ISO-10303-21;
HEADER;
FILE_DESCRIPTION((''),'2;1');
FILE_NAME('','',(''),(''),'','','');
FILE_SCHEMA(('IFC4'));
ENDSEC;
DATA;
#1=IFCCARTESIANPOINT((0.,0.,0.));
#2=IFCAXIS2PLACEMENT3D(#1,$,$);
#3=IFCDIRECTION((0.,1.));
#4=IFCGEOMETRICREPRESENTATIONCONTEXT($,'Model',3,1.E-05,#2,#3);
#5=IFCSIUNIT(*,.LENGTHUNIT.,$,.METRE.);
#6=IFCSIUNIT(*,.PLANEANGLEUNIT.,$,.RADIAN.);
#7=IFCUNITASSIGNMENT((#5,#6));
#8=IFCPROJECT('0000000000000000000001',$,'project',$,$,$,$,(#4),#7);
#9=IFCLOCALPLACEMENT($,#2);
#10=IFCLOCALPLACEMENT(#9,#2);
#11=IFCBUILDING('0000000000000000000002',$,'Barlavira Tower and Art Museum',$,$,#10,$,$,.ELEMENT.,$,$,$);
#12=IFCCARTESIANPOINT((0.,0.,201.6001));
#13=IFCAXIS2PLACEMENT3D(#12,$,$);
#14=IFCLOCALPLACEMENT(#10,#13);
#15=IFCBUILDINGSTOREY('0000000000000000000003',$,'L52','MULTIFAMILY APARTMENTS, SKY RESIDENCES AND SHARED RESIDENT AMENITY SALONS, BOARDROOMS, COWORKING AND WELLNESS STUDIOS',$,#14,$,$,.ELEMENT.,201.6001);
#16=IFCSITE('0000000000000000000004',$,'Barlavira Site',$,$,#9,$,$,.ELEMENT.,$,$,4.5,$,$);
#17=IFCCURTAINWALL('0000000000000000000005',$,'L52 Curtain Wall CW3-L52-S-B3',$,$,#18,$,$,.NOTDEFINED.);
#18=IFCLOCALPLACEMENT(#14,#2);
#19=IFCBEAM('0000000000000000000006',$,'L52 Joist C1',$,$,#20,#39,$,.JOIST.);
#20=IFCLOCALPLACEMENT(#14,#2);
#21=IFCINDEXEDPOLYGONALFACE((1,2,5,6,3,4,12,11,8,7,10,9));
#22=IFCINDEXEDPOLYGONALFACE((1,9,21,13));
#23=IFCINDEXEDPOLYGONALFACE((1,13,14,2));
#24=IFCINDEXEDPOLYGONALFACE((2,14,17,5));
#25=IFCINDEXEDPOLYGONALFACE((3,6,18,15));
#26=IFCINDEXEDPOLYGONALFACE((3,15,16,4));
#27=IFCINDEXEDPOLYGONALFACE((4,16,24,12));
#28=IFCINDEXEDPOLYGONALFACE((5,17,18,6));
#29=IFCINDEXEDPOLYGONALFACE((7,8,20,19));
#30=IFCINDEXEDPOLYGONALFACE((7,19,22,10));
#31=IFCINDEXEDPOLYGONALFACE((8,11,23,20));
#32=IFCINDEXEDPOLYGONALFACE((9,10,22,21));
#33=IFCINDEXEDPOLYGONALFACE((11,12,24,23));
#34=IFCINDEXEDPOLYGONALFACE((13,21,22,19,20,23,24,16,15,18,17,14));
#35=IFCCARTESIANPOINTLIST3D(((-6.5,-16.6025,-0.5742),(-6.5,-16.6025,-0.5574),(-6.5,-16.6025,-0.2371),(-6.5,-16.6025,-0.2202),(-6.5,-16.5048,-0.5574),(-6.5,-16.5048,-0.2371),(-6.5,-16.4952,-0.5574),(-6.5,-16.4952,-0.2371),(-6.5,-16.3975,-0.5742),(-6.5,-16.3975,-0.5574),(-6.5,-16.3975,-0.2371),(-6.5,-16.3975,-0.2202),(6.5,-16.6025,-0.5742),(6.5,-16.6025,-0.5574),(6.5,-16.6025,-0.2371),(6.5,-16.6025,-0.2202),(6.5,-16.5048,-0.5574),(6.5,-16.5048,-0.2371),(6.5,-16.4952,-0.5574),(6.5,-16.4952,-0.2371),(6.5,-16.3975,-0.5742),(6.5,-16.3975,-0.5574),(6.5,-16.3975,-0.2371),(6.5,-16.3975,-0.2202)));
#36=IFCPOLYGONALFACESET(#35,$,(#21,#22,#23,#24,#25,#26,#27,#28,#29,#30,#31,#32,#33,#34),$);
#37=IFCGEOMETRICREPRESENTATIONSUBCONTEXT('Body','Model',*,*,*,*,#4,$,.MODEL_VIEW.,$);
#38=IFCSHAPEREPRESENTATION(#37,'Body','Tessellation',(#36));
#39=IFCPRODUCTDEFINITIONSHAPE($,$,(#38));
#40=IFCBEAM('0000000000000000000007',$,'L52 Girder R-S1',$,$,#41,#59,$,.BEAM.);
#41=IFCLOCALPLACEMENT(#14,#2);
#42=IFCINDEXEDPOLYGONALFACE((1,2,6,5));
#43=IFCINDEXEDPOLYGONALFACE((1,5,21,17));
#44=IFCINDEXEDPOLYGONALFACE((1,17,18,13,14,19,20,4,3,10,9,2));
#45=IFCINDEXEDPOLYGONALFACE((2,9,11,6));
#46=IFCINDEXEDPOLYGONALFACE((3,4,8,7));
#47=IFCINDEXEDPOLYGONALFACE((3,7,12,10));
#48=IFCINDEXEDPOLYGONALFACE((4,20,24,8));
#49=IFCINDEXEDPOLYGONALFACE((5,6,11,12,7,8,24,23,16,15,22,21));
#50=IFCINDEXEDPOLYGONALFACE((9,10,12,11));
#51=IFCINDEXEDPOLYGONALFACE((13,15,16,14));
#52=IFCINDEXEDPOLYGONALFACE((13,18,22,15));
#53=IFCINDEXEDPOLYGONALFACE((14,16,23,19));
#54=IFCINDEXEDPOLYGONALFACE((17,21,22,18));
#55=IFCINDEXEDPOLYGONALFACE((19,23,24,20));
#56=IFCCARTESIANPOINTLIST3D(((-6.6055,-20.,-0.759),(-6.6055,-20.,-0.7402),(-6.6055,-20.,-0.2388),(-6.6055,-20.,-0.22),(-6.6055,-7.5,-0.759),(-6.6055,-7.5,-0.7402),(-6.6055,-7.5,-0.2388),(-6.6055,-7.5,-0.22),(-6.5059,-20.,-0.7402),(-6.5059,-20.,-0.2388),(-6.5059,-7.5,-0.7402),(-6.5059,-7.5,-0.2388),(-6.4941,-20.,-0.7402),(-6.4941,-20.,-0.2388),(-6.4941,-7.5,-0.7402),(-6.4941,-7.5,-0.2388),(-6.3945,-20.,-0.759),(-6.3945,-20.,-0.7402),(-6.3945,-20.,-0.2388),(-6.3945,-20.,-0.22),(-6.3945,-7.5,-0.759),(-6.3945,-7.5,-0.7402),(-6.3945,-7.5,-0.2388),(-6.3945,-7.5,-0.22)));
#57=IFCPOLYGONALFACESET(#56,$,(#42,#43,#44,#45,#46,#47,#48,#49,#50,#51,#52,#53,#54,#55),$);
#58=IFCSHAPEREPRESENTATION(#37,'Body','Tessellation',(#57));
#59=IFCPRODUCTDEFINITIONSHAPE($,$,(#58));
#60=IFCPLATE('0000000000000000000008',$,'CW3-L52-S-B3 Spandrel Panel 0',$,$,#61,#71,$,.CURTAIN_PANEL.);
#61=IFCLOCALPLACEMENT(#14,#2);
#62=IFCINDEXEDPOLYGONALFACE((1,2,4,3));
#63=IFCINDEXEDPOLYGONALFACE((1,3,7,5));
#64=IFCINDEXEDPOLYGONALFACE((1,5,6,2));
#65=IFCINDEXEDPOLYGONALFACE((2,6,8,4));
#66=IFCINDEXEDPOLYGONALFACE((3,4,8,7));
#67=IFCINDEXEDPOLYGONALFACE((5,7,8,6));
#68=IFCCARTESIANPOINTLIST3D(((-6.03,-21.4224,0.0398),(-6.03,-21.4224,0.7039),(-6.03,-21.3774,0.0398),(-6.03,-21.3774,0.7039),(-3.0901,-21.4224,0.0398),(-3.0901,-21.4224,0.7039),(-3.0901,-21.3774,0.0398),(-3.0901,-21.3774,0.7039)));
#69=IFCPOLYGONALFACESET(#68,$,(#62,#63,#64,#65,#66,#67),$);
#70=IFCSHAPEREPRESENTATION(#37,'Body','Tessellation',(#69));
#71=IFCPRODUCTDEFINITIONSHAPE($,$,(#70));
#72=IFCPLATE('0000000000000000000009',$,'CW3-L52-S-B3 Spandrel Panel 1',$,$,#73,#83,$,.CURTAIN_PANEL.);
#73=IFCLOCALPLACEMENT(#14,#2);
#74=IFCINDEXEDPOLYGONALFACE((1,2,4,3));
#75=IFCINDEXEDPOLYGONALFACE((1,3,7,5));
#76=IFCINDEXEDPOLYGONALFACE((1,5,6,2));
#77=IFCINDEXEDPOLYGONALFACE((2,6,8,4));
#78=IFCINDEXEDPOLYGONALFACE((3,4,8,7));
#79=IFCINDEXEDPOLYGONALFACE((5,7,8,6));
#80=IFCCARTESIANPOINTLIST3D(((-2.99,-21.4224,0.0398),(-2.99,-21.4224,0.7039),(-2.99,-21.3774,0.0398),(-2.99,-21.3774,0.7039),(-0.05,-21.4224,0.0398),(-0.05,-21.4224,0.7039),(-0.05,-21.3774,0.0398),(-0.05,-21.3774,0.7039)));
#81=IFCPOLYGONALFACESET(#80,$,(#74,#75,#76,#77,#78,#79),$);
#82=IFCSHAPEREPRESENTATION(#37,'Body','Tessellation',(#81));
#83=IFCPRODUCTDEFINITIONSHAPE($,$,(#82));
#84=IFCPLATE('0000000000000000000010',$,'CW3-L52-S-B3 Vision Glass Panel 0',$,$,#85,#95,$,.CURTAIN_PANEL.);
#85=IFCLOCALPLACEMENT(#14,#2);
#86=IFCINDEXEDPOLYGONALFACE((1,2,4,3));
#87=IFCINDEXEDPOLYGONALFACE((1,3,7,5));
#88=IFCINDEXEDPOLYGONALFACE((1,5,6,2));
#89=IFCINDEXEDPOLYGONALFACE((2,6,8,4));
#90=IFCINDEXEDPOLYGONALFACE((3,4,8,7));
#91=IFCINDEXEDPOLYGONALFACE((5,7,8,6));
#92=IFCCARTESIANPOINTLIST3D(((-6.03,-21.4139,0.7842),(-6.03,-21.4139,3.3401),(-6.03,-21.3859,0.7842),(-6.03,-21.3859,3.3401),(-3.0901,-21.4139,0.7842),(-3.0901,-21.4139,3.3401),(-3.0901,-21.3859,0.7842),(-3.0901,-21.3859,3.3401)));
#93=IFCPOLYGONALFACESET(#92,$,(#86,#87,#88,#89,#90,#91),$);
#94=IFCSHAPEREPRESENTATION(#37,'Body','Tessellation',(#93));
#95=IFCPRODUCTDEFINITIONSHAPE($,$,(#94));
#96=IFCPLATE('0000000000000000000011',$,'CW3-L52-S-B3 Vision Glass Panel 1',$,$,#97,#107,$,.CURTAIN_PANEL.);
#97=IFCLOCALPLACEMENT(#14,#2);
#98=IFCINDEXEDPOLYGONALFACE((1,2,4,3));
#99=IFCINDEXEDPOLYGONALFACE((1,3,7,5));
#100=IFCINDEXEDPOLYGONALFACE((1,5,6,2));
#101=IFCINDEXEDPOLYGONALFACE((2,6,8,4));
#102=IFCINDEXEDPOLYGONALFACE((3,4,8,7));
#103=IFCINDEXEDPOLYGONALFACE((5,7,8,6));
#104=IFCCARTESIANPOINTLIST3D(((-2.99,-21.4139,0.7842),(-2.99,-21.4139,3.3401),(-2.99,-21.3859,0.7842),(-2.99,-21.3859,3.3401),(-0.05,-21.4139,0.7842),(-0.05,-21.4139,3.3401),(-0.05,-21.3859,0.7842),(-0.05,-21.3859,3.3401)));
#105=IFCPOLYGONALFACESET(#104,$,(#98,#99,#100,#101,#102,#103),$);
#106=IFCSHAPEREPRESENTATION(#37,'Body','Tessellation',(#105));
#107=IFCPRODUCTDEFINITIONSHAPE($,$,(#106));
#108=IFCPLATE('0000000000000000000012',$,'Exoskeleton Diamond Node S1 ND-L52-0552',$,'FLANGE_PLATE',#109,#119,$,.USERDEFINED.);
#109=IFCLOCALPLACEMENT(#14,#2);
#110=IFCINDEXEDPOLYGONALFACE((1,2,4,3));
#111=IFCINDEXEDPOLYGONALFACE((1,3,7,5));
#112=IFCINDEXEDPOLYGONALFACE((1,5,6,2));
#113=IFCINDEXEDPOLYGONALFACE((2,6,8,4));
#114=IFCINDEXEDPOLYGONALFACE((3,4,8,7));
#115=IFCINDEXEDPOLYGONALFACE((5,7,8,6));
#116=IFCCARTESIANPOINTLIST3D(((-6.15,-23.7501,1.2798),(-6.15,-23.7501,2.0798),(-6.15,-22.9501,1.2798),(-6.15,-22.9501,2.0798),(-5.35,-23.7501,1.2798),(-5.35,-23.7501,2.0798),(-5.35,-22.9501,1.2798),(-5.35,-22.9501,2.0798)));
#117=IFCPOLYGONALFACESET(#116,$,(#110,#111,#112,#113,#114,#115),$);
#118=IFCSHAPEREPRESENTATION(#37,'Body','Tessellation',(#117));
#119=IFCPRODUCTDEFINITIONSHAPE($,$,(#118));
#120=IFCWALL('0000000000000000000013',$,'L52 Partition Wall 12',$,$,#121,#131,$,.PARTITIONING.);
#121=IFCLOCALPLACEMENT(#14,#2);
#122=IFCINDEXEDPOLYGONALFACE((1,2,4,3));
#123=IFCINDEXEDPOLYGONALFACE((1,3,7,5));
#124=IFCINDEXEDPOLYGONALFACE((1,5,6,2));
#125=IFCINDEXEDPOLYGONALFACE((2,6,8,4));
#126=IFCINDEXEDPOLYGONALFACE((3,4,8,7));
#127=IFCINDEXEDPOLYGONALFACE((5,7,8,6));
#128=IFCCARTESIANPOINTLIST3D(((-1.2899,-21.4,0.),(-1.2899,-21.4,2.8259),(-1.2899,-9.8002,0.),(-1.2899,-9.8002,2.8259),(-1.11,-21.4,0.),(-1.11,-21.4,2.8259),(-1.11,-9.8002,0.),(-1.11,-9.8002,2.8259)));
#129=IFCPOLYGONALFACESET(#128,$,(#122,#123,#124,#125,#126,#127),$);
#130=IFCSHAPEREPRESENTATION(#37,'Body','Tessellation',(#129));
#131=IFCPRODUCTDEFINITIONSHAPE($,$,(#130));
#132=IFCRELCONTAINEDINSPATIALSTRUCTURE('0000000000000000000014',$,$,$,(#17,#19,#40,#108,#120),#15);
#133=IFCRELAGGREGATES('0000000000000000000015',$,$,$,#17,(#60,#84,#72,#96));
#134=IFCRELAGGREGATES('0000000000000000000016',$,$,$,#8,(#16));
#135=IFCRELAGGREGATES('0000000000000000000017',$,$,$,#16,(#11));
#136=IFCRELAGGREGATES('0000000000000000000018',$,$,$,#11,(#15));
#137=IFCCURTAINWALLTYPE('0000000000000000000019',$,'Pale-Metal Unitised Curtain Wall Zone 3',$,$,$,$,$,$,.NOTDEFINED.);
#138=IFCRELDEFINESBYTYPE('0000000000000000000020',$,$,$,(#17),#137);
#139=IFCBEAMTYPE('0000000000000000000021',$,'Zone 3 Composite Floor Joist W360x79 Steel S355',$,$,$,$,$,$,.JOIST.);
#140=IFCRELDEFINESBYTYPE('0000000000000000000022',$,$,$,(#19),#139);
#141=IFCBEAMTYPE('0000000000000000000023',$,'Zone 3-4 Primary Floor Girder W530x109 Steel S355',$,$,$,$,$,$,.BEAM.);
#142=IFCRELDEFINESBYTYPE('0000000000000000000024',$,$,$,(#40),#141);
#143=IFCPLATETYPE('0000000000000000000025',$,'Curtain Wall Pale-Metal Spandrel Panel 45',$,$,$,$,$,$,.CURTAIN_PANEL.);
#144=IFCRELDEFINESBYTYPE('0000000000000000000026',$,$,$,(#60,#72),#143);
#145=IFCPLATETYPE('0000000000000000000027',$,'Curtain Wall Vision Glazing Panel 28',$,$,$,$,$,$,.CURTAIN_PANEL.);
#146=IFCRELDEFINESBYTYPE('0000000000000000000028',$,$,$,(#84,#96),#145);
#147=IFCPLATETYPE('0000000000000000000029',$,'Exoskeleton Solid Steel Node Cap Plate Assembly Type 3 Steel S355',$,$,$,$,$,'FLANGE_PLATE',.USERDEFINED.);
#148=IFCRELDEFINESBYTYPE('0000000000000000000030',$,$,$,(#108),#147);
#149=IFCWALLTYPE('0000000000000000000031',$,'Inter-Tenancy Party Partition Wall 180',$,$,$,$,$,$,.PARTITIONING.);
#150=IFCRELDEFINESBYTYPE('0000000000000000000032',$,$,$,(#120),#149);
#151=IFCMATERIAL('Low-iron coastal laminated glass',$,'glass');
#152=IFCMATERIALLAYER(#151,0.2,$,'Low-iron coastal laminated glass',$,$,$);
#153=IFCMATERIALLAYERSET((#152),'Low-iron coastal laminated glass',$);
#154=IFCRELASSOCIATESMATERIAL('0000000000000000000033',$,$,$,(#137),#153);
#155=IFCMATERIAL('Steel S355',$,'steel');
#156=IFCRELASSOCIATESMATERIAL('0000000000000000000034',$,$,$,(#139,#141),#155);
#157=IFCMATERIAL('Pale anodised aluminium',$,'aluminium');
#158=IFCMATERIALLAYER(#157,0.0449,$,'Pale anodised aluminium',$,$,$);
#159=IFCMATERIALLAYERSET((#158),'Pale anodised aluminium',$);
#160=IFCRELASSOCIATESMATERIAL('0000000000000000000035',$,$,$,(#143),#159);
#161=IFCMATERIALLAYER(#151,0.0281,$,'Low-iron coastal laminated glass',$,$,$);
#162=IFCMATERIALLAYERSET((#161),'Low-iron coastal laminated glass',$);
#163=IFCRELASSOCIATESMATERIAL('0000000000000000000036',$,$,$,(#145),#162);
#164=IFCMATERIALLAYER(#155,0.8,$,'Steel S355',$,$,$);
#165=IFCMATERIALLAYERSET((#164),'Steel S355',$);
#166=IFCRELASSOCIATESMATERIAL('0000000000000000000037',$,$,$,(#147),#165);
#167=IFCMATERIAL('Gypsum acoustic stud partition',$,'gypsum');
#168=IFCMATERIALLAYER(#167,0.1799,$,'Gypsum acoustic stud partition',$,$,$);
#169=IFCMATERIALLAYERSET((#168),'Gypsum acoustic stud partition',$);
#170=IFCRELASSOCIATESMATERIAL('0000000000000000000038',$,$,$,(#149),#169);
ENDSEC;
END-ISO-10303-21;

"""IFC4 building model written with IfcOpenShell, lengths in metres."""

from ifc_helpers import new_model, si_unit, direction, frame, frame_2d, origin, origin_2d, place, context, subcontext, project, spatial, rectangle, i_section, extrude, material, layer, layer_set, material_profile, profile_set, type_object, element, aggregate, save


model = new_model("IFC4")

# Units and contexts
model_context = context("Model", 3, precision=1e-05, world=origin(), true_north=direction((0.0, 1.0)))
body_context = subcontext(model_context, "Body", "Model", "MODEL_VIEW")
ifc_project = project(units=[si_unit("LENGTHUNIT", "METRE"), si_unit("PLANEANGLEUNIT", "RADIAN")], contexts=[model_context])

# Site, building, storey
site_placement = place(None, origin())
site = spatial("IfcSite", under=ifc_project, at=site_placement, Name="Barlavira Site", CompositionType="ELEMENT", RefElevation=4.5)
building_placement = place(site_placement, origin())
building = spatial("IfcBuilding", under=site, at=building_placement, Name="Barlavira Tower and Art Museum", CompositionType="ELEMENT")
storey_placement = place(building_placement, frame((0.0, 0.0, 201.6001)))
storey = spatial("IfcBuildingStorey", under=building, at=storey_placement, Name="L52", Description="MULTIFAMILY APARTMENTS, SKY RESIDENCES AND SHARED RESIDENT AMENITY SALONS, BOARDROOMS, COWORKING AND WELLNESS STUDIOS", CompositionType="ELEMENT", Elevation=201.6001)

# Curtain wall
ifc_material_1 = material(Name="Low-iron coastal laminated glass", Category="glass")
ifc_layer_1 = layer(ifc_material_1, 0.2, Name="Low-iron coastal laminated glass")
ifc_layer_set_1 = layer_set([ifc_layer_1], Name="Low-iron coastal laminated glass")
curtain_wall_type = type_object("IfcCurtainWallType", Name="Pale-Metal Unitised Curtain Wall Zone 3", PredefinedType="NOTDEFINED", material=ifc_layer_set_1)
curtain_wall_placement = place(storey_placement, origin())
curtain_wall = element("IfcCurtainWall", 1, at=curtain_wall_placement, inside=storey, type_object=curtain_wall_type, Name="L52 Curtain Wall CW3-L52-S-B3", PredefinedType="NOTDEFINED")
ifc_material_2 = material(Name="Pale anodised aluminium", Category="aluminium")

# Beams
ifc_material_3 = material(Name="Steel S355", Category="steel")
ifc_material_profile_1 = material_profile(ifc_material_3, i_section(OverallWidth=0.2051, OverallDepth=0.354, WebThickness=0.0095, FlangeThickness=0.0168, at=origin_2d()), Name="W360x79.0")
ifc_profile_set_1 = profile_set([ifc_material_profile_1], Name="Steel S355")
beam_type_1 = type_object("IfcBeamType", Name="Zone 3 Composite Floor Joist W360x79 Steel S355", PredefinedType="JOIST", material=ifc_profile_set_1)
beam_1_placement = place(storey_placement, frame((-6.5, -16.5, -0.3972), z_axis=(1.0, 0.0, 0.0), x_axis=(0.0, 1.0, 0.0)))
element("IfcBeam", 2, at=beam_1_placement, inside=storey, type_object=beam_type_1, Name="L52 Joist C1", PredefinedType="JOIST", context=body_context, shape_type="SweptSolid", body=[
    extrude(i_section(OverallWidth=0.2051, OverallDepth=0.354, WebThickness=0.0095, FlangeThickness=0.0168, at=origin_2d()), origin(), (0.0, 0.0, 1.0), 13.0),
])
ifc_material_profile_2 = material_profile(ifc_material_3, i_section(OverallWidth=0.2109, OverallDepth=0.5391, WebThickness=0.0117, FlangeThickness=0.0188, at=origin_2d()), Name="W530x109.0")
ifc_profile_set_2 = profile_set([ifc_material_profile_2], Name="Steel S355")
beam_type_2 = type_object("IfcBeamType", Name="Zone 3-4 Primary Floor Girder W530x109 Steel S355", PredefinedType="BEAM", material=ifc_profile_set_2)
beam_2_placement = place(storey_placement, frame((-6.5, -20.0, -0.4895), z_axis=(0.0, 1.0, 0.0), x_axis=(-1.0, 0.0, 0.0)))
element("IfcBeam", 3, at=beam_2_placement, inside=storey, type_object=beam_type_2, Name="L52 Girder R-S1", PredefinedType="BEAM", context=body_context, shape_type="SweptSolid", body=[
    extrude(i_section(OverallWidth=0.2109, OverallDepth=0.5391, WebThickness=0.0117, FlangeThickness=0.0188, at=origin_2d()), origin(), (0.0, 0.0, 1.0), 12.5),
])

# Plates
ifc_layer_2 = layer(ifc_material_2, 0.0449, Name="Pale anodised aluminium")
ifc_layer_set_2 = layer_set([ifc_layer_2], Name="Pale anodised aluminium")
plate_type_1 = type_object("IfcPlateType", Name="Curtain Wall Pale-Metal Spandrel Panel 45", PredefinedType="CURTAIN_PANEL", material=ifc_layer_set_2)
plate_1_placement = place(storey_placement, frame((-4.5601, -21.3999, 0.0398), z_axis=(0.0, 0.0, 1.0), x_axis=(1.0, 0.0, 0.0)))
plate_1 = element("IfcPlate", 4, at=plate_1_placement, type_object=plate_type_1, Name="CW3-L52-S-B3 Spandrel Panel 0", PredefinedType="CURTAIN_PANEL", context=body_context, shape_type="SweptSolid", body=[
    extrude(rectangle(XDim=2.9399, YDim=0.0449, at=origin_2d()), origin(), (0.0, 0.0, 1.0), 0.6641),
])
plate_2_placement = place(storey_placement, frame((-1.52, -21.3999, 0.0398), z_axis=(0.0, 0.0, 1.0), x_axis=(1.0, 0.0, 0.0)))
plate_2 = element("IfcPlate", 5, at=plate_2_placement, type_object=plate_type_1, Name="CW3-L52-S-B3 Spandrel Panel 1", PredefinedType="CURTAIN_PANEL", context=body_context, shape_type="SweptSolid", body=[
    extrude(rectangle(XDim=2.9399, YDim=0.0449, at=origin_2d()), origin(), (0.0, 0.0, 1.0), 0.6641),
])
ifc_layer_3 = layer(ifc_material_1, 0.0281, Name="Low-iron coastal laminated glass")
ifc_layer_set_3 = layer_set([ifc_layer_3], Name="Low-iron coastal laminated glass")
plate_type_2 = type_object("IfcPlateType", Name="Curtain Wall Vision Glazing Panel 28", PredefinedType="CURTAIN_PANEL", material=ifc_layer_set_3)
plate_3_placement = place(storey_placement, frame((-4.5601, -21.3999, 0.7842), z_axis=(0.0, 0.0, 1.0), x_axis=(1.0, 0.0, 0.0)))
plate_3 = element("IfcPlate", 6, at=plate_3_placement, type_object=plate_type_2, Name="CW3-L52-S-B3 Vision Glass Panel 0", PredefinedType="CURTAIN_PANEL", context=body_context, shape_type="SweptSolid", body=[
    extrude(rectangle(XDim=2.9399, YDim=0.0281, at=origin_2d()), origin(), (0.0, 0.0, 1.0), 2.5559),
])
plate_4_placement = place(storey_placement, frame((-1.52, -21.3999, 0.7842), z_axis=(0.0, 0.0, 1.0), x_axis=(1.0, 0.0, 0.0)))
plate_4 = element("IfcPlate", 7, at=plate_4_placement, type_object=plate_type_2, Name="CW3-L52-S-B3 Vision Glass Panel 1", PredefinedType="CURTAIN_PANEL", context=body_context, shape_type="SweptSolid", body=[
    extrude(rectangle(XDim=2.9399, YDim=0.0281, at=origin_2d()), origin(), (0.0, 0.0, 1.0), 2.5559),
])
aggregate(curtain_wall, [plate_1, plate_3, plate_2, plate_4])
ifc_layer_4 = layer(ifc_material_3, 0.8, Name="Steel S355")
ifc_layer_set_4 = layer_set([ifc_layer_4], Name="Steel S355")
plate_type_3 = type_object("IfcPlateType", Name="Exoskeleton Solid Steel Node Cap Plate Assembly Type 3 Steel S355", ElementType="FLANGE_PLATE", PredefinedType="USERDEFINED", material=ifc_layer_set_4)
plate_5_placement = place(storey_placement, frame((-5.75, -23.3501, 1.2798), z_axis=(0.0, 0.0, 1.0), x_axis=(1.0, 0.0, 0.0)))
element("IfcPlate", 8, at=plate_5_placement, inside=storey, type_object=plate_type_3, Name="Exoskeleton Diamond Node S1 ND-L52-0552", ObjectType="FLANGE_PLATE", PredefinedType="USERDEFINED", context=body_context, shape_type="SweptSolid", body=[
    extrude(rectangle(XDim=0.8, YDim=0.8, at=origin_2d()), origin(), (0.0, 0.0, 1.0), 0.8),
])

# Wall
ifc_material_4 = material(Name="Gypsum acoustic stud partition", Category="gypsum")
ifc_layer_5 = layer(ifc_material_4, 0.1799, Name="Gypsum acoustic stud partition")
ifc_layer_set_5 = layer_set([ifc_layer_5], Name="Gypsum acoustic stud partition")
wall_type_1 = type_object("IfcWallType", Name="Inter-Tenancy Party Partition Wall 180", PredefinedType="PARTITIONING", material=ifc_layer_set_5)
wall_1_placement = place(storey_placement, frame((-1.2, -21.3999, 0.0), z_axis=(0.0, 0.0, 1.0), x_axis=(0.0, 1.0, 0.0)))
element("IfcWall", 9, at=wall_1_placement, inside=storey, type_object=wall_type_1, Name="L52 Partition Wall 12", PredefinedType="PARTITIONING", context=body_context, shape_type="SweptSolid", body=[
    extrude(rectangle(XDim=11.5999, YDim=0.1799, at=frame_2d((5.7998, 0.0))), origin(), (0.0, 0.0, 1.0), 2.8259),
])

save(model, "model.ifc")
